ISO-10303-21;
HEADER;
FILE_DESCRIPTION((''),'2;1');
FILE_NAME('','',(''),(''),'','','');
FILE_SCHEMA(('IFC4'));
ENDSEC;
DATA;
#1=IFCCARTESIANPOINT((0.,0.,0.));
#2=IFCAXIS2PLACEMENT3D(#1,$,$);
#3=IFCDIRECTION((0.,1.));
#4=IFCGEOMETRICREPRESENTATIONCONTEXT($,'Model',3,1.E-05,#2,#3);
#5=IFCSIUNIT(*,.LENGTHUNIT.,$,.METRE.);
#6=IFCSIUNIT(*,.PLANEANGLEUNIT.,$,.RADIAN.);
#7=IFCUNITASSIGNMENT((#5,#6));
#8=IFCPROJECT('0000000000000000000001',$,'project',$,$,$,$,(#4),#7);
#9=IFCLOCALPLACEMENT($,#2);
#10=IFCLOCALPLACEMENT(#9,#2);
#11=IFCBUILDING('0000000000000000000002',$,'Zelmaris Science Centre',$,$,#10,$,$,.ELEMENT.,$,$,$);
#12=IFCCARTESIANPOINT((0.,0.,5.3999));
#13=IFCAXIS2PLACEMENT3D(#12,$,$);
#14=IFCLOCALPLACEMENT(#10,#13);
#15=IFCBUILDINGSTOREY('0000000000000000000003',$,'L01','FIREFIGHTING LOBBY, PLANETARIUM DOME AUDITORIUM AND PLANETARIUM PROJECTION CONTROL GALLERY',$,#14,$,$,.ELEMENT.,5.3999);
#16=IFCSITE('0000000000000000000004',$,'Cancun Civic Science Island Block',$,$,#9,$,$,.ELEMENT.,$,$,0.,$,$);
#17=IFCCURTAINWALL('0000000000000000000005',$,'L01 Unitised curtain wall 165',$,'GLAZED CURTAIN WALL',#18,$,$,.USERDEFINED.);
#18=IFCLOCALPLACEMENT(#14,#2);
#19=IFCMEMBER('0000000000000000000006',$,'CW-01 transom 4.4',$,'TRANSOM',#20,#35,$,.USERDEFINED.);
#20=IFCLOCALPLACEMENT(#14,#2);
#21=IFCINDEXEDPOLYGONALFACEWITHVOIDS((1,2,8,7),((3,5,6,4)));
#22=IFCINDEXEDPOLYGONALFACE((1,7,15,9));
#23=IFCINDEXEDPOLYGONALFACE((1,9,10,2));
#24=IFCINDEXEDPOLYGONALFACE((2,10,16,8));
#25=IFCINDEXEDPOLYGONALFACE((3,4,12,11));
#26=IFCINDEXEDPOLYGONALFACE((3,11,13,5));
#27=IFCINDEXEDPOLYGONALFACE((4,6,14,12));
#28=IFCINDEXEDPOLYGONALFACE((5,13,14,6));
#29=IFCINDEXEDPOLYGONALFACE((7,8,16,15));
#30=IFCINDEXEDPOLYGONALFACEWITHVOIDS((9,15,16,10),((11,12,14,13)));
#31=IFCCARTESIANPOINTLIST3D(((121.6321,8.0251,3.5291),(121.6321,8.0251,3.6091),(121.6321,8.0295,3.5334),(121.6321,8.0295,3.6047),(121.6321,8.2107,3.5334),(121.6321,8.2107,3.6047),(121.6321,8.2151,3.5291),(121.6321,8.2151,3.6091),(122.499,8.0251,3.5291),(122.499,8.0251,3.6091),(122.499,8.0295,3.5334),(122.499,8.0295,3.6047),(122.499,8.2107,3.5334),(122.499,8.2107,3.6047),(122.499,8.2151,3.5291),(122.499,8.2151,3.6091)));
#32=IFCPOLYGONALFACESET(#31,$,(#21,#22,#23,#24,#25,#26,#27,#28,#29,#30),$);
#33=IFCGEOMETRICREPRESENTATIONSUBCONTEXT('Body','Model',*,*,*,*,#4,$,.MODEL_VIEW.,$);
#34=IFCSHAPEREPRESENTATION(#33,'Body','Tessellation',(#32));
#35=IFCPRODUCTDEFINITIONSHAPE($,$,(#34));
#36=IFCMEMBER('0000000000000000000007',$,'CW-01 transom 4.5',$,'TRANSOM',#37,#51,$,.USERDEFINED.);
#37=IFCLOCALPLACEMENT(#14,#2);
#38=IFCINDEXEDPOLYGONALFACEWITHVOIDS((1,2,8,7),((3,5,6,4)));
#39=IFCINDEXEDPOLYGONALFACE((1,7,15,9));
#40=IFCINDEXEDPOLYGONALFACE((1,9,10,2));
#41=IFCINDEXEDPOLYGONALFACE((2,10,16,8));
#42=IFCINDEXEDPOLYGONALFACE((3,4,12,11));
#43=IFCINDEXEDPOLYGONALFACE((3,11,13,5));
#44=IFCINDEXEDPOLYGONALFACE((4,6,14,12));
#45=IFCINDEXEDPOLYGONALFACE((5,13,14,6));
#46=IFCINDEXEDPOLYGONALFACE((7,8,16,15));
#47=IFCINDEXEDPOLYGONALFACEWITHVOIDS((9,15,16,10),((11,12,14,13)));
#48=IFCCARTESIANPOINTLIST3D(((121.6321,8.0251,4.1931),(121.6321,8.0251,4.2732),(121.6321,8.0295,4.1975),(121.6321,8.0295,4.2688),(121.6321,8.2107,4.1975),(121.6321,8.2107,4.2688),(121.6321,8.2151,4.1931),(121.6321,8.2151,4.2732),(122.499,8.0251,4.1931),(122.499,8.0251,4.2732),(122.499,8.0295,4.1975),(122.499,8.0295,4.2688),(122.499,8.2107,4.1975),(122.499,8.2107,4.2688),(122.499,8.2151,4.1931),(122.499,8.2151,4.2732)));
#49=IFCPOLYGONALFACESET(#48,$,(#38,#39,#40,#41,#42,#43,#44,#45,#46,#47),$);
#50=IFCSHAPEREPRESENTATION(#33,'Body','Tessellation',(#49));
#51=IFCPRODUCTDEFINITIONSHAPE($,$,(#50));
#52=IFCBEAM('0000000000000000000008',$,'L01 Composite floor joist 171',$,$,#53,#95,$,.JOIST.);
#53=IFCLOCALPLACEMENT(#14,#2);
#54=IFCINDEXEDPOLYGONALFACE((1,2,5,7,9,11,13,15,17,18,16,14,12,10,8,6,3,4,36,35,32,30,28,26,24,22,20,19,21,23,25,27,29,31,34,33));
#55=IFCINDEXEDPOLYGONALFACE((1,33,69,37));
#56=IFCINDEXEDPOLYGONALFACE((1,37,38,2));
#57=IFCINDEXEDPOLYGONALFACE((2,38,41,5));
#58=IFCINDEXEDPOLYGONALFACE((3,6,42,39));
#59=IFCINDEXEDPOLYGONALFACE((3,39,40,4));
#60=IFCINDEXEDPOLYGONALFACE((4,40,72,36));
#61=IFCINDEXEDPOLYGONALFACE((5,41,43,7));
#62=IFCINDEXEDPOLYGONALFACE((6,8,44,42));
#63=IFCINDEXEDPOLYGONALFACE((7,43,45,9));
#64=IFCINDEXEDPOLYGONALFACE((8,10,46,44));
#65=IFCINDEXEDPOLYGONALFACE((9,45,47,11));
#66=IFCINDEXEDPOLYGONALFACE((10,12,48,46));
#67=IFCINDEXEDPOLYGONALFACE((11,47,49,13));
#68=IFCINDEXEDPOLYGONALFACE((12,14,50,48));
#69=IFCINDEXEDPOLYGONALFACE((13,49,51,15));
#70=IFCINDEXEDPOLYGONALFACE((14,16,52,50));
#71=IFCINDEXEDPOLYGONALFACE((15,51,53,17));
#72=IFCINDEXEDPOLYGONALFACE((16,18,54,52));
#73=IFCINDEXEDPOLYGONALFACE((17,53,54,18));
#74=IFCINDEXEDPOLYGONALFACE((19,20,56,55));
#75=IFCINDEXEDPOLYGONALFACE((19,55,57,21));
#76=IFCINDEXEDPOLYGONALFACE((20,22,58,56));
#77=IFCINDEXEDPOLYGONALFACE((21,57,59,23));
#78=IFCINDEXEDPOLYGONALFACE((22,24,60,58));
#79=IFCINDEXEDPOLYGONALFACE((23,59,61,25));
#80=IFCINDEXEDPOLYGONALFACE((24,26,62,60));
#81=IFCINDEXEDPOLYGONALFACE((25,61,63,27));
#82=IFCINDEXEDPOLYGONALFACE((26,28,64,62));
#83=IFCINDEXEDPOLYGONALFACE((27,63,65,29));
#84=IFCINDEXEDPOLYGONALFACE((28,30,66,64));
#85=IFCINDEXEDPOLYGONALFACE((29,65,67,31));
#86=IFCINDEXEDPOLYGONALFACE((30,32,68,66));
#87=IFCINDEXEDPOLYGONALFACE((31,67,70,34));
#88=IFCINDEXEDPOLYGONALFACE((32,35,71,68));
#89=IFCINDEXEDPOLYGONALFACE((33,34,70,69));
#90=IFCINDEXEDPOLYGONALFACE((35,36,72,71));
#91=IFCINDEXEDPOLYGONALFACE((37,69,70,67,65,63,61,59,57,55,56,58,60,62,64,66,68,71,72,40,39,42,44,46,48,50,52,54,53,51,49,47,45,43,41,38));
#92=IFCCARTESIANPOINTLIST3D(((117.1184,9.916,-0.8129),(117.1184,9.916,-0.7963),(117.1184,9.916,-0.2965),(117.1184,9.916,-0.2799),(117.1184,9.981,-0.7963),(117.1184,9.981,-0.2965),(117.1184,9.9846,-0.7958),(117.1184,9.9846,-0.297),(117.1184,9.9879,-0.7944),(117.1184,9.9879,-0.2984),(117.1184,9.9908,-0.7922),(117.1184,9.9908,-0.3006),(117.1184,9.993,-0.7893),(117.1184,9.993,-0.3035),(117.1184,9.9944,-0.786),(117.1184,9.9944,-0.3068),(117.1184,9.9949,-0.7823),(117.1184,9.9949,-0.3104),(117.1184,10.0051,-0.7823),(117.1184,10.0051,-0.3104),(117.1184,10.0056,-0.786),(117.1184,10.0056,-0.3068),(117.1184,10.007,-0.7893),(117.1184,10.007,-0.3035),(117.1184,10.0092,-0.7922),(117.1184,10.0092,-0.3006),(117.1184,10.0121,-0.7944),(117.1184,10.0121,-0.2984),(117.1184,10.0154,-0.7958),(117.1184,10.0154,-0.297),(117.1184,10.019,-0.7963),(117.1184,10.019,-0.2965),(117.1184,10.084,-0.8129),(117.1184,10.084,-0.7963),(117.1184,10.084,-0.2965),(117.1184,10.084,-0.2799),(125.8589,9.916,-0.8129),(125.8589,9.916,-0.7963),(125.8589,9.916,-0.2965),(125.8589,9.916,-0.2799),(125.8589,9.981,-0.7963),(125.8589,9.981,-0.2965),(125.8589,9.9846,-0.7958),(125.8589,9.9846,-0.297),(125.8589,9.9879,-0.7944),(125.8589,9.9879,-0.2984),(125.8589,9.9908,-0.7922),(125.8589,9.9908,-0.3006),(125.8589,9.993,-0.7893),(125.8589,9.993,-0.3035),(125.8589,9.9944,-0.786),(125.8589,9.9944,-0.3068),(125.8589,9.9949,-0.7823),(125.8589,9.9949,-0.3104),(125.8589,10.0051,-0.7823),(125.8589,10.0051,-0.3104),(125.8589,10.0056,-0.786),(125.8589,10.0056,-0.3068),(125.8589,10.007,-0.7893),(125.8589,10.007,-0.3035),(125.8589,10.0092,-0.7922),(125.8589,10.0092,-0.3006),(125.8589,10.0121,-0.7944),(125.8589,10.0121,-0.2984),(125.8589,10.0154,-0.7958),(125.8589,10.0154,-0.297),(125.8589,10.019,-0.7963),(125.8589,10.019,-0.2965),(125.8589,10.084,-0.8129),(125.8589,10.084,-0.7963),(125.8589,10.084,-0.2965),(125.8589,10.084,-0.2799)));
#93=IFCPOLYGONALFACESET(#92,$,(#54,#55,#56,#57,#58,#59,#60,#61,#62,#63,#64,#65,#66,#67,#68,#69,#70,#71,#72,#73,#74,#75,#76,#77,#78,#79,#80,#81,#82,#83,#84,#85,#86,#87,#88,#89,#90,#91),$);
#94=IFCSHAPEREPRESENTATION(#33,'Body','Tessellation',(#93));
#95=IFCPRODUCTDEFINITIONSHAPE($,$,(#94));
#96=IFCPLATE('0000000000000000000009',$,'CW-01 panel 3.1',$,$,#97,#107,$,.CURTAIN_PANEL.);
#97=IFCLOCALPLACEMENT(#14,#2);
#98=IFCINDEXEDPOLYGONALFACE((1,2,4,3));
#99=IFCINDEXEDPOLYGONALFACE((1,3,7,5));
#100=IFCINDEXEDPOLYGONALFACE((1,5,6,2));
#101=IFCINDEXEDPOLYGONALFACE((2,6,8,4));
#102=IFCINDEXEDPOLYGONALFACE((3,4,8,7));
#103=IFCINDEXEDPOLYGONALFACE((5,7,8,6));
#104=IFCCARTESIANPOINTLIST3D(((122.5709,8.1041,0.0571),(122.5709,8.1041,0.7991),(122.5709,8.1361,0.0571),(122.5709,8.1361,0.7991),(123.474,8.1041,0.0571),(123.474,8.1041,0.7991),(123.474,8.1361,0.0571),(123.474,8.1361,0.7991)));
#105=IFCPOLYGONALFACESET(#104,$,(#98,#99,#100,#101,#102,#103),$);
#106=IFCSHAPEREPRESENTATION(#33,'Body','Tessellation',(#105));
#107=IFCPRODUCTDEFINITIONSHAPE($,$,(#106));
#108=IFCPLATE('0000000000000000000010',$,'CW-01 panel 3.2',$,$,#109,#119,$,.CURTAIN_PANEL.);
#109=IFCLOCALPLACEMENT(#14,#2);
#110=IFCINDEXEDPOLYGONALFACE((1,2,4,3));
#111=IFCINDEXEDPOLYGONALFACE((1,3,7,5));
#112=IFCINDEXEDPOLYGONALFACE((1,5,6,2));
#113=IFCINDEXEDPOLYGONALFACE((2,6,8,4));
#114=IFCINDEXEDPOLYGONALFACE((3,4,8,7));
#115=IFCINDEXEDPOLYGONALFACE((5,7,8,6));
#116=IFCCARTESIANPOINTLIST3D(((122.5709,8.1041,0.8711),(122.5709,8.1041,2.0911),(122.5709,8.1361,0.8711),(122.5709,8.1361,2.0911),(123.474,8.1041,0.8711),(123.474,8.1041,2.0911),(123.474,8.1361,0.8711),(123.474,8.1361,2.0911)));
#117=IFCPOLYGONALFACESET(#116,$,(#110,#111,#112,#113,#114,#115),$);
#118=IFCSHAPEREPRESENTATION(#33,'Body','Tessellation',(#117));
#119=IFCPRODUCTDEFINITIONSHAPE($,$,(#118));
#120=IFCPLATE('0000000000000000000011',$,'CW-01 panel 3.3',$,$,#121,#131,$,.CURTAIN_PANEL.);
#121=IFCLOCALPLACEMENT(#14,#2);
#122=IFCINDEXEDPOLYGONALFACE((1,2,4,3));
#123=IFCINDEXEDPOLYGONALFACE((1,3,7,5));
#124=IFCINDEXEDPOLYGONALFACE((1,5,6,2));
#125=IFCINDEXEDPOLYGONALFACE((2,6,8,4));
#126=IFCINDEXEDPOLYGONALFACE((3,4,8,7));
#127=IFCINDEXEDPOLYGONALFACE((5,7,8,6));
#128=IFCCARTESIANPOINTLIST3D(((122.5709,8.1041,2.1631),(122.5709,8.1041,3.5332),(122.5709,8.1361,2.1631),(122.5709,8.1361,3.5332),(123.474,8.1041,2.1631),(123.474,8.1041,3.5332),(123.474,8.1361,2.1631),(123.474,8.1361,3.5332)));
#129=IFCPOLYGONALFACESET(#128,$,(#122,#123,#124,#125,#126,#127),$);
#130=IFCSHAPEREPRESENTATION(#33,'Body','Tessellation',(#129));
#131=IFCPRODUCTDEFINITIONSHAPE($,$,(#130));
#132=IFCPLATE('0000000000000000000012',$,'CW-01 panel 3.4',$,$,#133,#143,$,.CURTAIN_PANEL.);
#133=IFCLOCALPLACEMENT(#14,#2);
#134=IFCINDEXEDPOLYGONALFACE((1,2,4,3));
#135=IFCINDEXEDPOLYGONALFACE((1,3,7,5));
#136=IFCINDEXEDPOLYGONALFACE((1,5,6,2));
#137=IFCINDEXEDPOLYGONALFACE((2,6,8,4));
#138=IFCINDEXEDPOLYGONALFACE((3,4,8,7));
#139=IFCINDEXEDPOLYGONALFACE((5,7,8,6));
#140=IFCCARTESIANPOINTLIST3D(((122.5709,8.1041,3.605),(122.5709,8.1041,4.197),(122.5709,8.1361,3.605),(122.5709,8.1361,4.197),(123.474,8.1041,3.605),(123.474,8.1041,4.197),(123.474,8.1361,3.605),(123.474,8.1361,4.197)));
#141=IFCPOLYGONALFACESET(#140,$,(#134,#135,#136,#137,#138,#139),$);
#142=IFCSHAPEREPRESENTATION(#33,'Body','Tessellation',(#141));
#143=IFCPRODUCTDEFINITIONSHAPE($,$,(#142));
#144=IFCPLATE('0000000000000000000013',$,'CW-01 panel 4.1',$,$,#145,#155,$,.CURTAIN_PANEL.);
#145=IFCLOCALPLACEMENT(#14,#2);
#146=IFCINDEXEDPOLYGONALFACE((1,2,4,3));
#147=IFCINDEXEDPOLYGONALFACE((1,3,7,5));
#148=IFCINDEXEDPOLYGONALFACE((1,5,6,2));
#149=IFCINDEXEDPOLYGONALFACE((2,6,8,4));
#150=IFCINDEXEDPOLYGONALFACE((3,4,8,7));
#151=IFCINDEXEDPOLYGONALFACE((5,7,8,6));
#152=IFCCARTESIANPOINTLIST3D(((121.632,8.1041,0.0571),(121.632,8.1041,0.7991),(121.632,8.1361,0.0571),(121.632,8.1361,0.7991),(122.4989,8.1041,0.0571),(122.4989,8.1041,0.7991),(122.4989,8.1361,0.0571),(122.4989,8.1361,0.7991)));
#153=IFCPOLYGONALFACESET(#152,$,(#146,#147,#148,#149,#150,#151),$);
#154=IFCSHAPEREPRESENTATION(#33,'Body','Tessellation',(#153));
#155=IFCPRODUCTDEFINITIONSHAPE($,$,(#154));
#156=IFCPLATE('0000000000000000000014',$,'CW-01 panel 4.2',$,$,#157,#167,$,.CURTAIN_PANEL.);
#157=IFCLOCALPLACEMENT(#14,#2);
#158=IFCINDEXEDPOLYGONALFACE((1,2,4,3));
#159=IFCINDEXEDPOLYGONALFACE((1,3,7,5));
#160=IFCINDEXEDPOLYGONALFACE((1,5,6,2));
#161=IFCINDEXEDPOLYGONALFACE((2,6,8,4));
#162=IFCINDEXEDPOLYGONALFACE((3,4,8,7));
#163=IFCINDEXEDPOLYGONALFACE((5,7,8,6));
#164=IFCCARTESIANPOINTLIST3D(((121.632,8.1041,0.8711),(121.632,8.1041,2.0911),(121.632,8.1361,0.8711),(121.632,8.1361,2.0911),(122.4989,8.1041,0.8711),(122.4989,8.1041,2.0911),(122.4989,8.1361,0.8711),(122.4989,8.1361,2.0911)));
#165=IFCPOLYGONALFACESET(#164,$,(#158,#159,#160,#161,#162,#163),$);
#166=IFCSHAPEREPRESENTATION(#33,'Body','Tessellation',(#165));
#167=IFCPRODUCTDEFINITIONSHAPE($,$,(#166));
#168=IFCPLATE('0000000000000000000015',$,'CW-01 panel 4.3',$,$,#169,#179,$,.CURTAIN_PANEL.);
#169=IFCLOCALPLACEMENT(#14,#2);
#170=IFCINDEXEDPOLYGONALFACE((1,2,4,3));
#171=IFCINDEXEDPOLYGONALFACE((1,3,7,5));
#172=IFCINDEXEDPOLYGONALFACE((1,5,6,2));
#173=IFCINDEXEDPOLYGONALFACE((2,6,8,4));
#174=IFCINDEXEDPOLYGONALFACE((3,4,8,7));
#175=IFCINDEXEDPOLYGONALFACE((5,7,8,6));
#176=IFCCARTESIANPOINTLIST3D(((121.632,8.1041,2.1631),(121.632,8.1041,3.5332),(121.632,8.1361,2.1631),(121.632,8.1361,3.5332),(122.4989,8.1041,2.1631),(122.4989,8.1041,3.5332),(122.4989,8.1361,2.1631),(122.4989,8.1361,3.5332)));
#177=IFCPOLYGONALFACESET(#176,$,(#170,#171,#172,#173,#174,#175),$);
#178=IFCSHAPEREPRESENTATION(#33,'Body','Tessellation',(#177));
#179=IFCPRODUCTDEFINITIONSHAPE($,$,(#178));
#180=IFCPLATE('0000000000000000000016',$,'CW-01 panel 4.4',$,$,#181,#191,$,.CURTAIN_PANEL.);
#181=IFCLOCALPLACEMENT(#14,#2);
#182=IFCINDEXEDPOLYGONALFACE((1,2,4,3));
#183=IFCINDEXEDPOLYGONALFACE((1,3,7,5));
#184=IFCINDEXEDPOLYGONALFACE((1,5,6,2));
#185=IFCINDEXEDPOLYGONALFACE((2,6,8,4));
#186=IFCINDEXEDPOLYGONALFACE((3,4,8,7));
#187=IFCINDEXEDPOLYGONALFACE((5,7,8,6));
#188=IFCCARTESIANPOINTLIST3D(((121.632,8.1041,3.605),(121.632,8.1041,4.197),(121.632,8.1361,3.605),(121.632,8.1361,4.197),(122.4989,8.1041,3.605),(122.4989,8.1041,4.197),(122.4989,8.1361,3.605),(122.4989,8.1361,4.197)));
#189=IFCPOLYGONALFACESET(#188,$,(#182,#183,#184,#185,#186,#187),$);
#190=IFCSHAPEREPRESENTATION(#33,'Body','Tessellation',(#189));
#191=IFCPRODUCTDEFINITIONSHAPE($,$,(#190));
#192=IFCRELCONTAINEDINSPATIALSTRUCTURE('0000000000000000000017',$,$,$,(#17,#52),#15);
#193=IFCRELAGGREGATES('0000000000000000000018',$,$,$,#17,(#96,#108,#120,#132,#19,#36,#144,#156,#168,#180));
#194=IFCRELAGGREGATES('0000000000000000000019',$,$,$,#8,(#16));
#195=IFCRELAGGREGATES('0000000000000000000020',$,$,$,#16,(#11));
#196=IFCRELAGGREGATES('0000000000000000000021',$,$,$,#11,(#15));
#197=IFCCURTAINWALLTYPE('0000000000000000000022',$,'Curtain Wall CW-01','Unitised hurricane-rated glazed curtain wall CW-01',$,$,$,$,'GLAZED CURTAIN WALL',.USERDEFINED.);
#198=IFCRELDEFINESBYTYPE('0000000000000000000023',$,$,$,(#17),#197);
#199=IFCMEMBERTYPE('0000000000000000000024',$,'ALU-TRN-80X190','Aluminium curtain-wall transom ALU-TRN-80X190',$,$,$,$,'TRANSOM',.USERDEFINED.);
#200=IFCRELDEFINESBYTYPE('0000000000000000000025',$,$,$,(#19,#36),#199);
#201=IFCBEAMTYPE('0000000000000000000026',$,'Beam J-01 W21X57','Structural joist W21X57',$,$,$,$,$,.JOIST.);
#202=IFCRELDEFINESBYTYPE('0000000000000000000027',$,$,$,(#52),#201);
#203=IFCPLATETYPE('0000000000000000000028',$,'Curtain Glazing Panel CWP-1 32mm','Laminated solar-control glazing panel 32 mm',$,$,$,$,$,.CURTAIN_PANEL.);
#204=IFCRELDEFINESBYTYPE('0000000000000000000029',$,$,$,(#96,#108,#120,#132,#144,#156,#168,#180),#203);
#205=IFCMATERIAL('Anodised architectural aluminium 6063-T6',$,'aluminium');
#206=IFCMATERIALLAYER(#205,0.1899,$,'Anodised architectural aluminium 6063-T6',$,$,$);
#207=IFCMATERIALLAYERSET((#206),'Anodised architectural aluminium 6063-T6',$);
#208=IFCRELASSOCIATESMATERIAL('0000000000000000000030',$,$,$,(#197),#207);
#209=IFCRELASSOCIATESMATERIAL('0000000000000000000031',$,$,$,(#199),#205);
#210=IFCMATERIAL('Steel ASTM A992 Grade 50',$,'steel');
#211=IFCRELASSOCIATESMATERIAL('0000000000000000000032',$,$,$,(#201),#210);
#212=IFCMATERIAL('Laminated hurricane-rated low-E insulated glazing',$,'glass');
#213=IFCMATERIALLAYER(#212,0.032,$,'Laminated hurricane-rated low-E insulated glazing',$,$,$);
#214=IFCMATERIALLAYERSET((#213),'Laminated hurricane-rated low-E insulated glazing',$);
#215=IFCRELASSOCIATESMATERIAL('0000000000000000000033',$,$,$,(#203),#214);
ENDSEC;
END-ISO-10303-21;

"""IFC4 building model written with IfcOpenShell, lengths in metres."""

from ifc_helpers import new_model, si_unit, direction, frame, origin, origin_2d, place, context, subcontext, project, spatial, rectangle, hollow_rectangle, i_section, extrude, material, layer, layer_set, material_profile, profile_set, type_object, element, aggregate, save


model = new_model("IFC4")

# Units and contexts
model_context = context("Model", 3, precision=1e-05, world=origin(), true_north=direction((0.0, 1.0)))
body_context = subcontext(model_context, "Body", "Model", "MODEL_VIEW")
ifc_project = project(units=[si_unit("LENGTHUNIT", "METRE"), si_unit("PLANEANGLEUNIT", "RADIAN")], contexts=[model_context])

# Site, building, storey
site_placement = place(None, origin())
site = spatial("IfcSite", under=ifc_project, at=site_placement, Name="Cancun Civic Science Island Block", CompositionType="ELEMENT", RefElevation=0.0)
building_placement = place(site_placement, origin())
building = spatial("IfcBuilding", under=site, at=building_placement, Name="Zelmaris Science Centre", CompositionType="ELEMENT")
storey_placement = place(building_placement, frame((0.0, 0.0, 5.3999)))
storey = spatial("IfcBuildingStorey", under=building, at=storey_placement, Name="L01", Description="FIREFIGHTING LOBBY, PLANETARIUM DOME AUDITORIUM AND PLANETARIUM PROJECTION CONTROL GALLERY", CompositionType="ELEMENT", Elevation=5.3999)

# Curtain wall, members
ifc_material_1 = material(Name="Anodised architectural aluminium 6063-T6", Category="aluminium")
ifc_layer_1 = layer(ifc_material_1, 0.1899, Name="Anodised architectural aluminium 6063-T6")
ifc_layer_set_1 = layer_set([ifc_layer_1], Name="Anodised architectural aluminium 6063-T6")
curtain_wall_type = type_object("IfcCurtainWallType", Name="Curtain Wall CW-01", Description="Unitised hurricane-rated glazed curtain wall CW-01", ElementType="GLAZED CURTAIN WALL", PredefinedType="USERDEFINED", material=ifc_layer_set_1)
curtain_wall_placement = place(storey_placement, origin())
curtain_wall = element("IfcCurtainWall", 1, at=curtain_wall_placement, inside=storey, type_object=curtain_wall_type, Name="L01 Unitised curtain wall 165", ObjectType="GLAZED CURTAIN WALL", PredefinedType="USERDEFINED")
ifc_material_profile_1 = material_profile(ifc_material_1, hollow_rectangle(XDim=0.0801, YDim=0.1899, WallThickness=0.0044, at=origin_2d()), Name="ALU-TRN-80X190")
ifc_profile_set_1 = profile_set([ifc_material_profile_1], Name="Anodised architectural aluminium 6063-T6")
member_type_1 = type_object("IfcMemberType", Name="ALU-TRN-80X190", Description="Aluminium curtain-wall transom ALU-TRN-80X190", ElementType="TRANSOM", PredefinedType="USERDEFINED", material=ifc_profile_set_1)
member_1_placement = place(storey_placement, frame((122.499, 8.1201, 3.5691), z_axis=(-1.0, 0.0, 0.0), x_axis=(0.0, 0.0, 1.0)))
member_1 = element("IfcMember", 2, at=member_1_placement, type_object=member_type_1, Name="CW-01 transom 4.4", ObjectType="TRANSOM", PredefinedType="USERDEFINED", context=body_context, shape_type="SweptSolid", body=[
    extrude(hollow_rectangle(XDim=0.0801, YDim=0.1899, WallThickness=0.0044, at=origin_2d()), origin(), (0.0, 0.0, 1.0), 0.8669),
])
member_2_placement = place(storey_placement, frame((122.499, 8.1201, 4.2332), z_axis=(-1.0, 0.0, 0.0), x_axis=(0.0, 0.0, 1.0)))
member_2 = element("IfcMember", 3, at=member_2_placement, type_object=member_type_1, Name="CW-01 transom 4.5", ObjectType="TRANSOM", PredefinedType="USERDEFINED", context=body_context, shape_type="SweptSolid", body=[
    extrude(hollow_rectangle(XDim=0.0801, YDim=0.1899, WallThickness=0.0044, at=origin_2d()), origin(), (0.0, 0.0, 1.0), 0.8669),
])

# Beam
ifc_material_2 = material(Name="Steel ASTM A992 Grade 50", Category="steel")
ifc_material_profile_2 = material_profile(ifc_material_2, i_section(OverallWidth=0.168, OverallDepth=0.533, WebThickness=0.0103, FlangeThickness=0.0166, FilletRadius=0.0139, at=origin_2d()), Name="W21X57")
ifc_profile_set_2 = profile_set([ifc_material_profile_2], Name="Steel ASTM A992 Grade 50")
beam_type = type_object("IfcBeamType", Name="Beam J-01 W21X57", Description="Structural joist W21X57", PredefinedType="JOIST", material=ifc_profile_set_2)
beam_placement = place(storey_placement, frame((117.1184, 10.0, -0.5464), z_axis=(1.0, 0.0, 0.0), x_axis=(0.0, 1.0, 0.0)))
element("IfcBeam", 4, at=beam_placement, inside=storey, type_object=beam_type, Name="L01 Composite floor joist 171", PredefinedType="JOIST", context=body_context, shape_type="SweptSolid", body=[
    extrude(i_section(OverallWidth=0.168, OverallDepth=0.533, WebThickness=0.0103, FlangeThickness=0.0166, FilletRadius=0.0139, at=origin_2d()), origin(), (0.0, 0.0, 1.0), 8.7405),
])

# Plates
ifc_material_3 = material(Name="Laminated hurricane-rated low-E insulated glazing", Category="glass")
ifc_layer_2 = layer(ifc_material_3, 0.032, Name="Laminated hurricane-rated low-E insulated glazing")
ifc_layer_set_2 = layer_set([ifc_layer_2], Name="Laminated hurricane-rated low-E insulated glazing")
plate_type = type_object("IfcPlateType", Name="Curtain Glazing Panel CWP-1 32mm", Description="Laminated solar-control glazing panel 32 mm", PredefinedType="CURTAIN_PANEL", material=ifc_layer_set_2)
plate_1_placement = place(storey_placement, frame((123.0225, 8.1201, 0.0571), z_axis=(0.0, 0.0, 1.0), x_axis=(-1.0, 0.0, 0.0)))
plate_1 = element("IfcPlate", 5, at=plate_1_placement, type_object=plate_type, Name="CW-01 panel 3.1", PredefinedType="CURTAIN_PANEL", context=body_context, shape_type="SweptSolid", body=[
    extrude(rectangle(XDim=0.9031, YDim=0.032, at=origin_2d()), origin(), (0.0, 0.0, 1.0), 0.7419),
])
plate_2_placement = place(storey_placement, frame((123.0225, 8.1201, 0.8711), z_axis=(0.0, 0.0, 1.0), x_axis=(-1.0, 0.0, 0.0)))
plate_2 = element("IfcPlate", 6, at=plate_2_placement, type_object=plate_type, Name="CW-01 panel 3.2", PredefinedType="CURTAIN_PANEL", context=body_context, shape_type="SweptSolid", body=[
    extrude(rectangle(XDim=0.9031, YDim=0.032, at=origin_2d()), origin(), (0.0, 0.0, 1.0), 1.22),
])
plate_3_placement = place(storey_placement, frame((123.0225, 8.1201, 2.1631), z_axis=(0.0, 0.0, 1.0), x_axis=(-1.0, 0.0, 0.0)))
plate_3 = element("IfcPlate", 7, at=plate_3_placement, type_object=plate_type, Name="CW-01 panel 3.3", PredefinedType="CURTAIN_PANEL", context=body_context, shape_type="SweptSolid", body=[
    extrude(rectangle(XDim=0.9031, YDim=0.032, at=origin_2d()), origin(), (0.0, 0.0, 1.0), 1.3701),
])
plate_4_placement = place(storey_placement, frame((123.0225, 8.1201, 3.605), z_axis=(0.0, 0.0, 1.0), x_axis=(-1.0, 0.0, 0.0)))
plate_4 = element("IfcPlate", 8, at=plate_4_placement, type_object=plate_type, Name="CW-01 panel 3.4", PredefinedType="CURTAIN_PANEL", context=body_context, shape_type="SweptSolid", body=[
    extrude(rectangle(XDim=0.9031, YDim=0.032, at=origin_2d()), origin(), (0.0, 0.0, 1.0), 0.592),
])
plate_5_placement = place(storey_placement, frame((122.0654, 8.1201, 0.0571), z_axis=(0.0, 0.0, 1.0), x_axis=(-1.0, 0.0, 0.0)))
plate_5 = element("IfcPlate", 9, at=plate_5_placement, type_object=plate_type, Name="CW-01 panel 4.1", PredefinedType="CURTAIN_PANEL", context=body_context, shape_type="SweptSolid", body=[
    extrude(rectangle(XDim=0.8669, YDim=0.032, at=origin_2d()), origin(), (0.0, 0.0, 1.0), 0.7419),
])
plate_6_placement = place(storey_placement, frame((122.0654, 8.1201, 0.8711), z_axis=(0.0, 0.0, 1.0), x_axis=(-1.0, 0.0, 0.0)))
plate_6 = element("IfcPlate", 10, at=plate_6_placement, type_object=plate_type, Name="CW-01 panel 4.2", PredefinedType="CURTAIN_PANEL", context=body_context, shape_type="SweptSolid", body=[
    extrude(rectangle(XDim=0.8669, YDim=0.032, at=origin_2d()), origin(), (0.0, 0.0, 1.0), 1.22),
])
plate_7_placement = place(storey_placement, frame((122.0654, 8.1201, 2.1631), z_axis=(0.0, 0.0, 1.0), x_axis=(-1.0, 0.0, 0.0)))
plate_7 = element("IfcPlate", 11, at=plate_7_placement, type_object=plate_type, Name="CW-01 panel 4.3", PredefinedType="CURTAIN_PANEL", context=body_context, shape_type="SweptSolid", body=[
    extrude(rectangle(XDim=0.8669, YDim=0.032, at=origin_2d()), origin(), (0.0, 0.0, 1.0), 1.3701),
])
plate_8_placement = place(storey_placement, frame((122.0654, 8.1201, 3.605), z_axis=(0.0, 0.0, 1.0), x_axis=(-1.0, 0.0, 0.0)))
plate_8 = element("IfcPlate", 12, at=plate_8_placement, type_object=plate_type, Name="CW-01 panel 4.4", PredefinedType="CURTAIN_PANEL", context=body_context, shape_type="SweptSolid", body=[
    extrude(rectangle(XDim=0.8669, YDim=0.032, at=origin_2d()), origin(), (0.0, 0.0, 1.0), 0.592),
])
aggregate(curtain_wall, [plate_1, plate_2, plate_3, plate_4, member_1, member_2, plate_5, plate_6, plate_7, plate_8])

save(model, "model.ifc")
